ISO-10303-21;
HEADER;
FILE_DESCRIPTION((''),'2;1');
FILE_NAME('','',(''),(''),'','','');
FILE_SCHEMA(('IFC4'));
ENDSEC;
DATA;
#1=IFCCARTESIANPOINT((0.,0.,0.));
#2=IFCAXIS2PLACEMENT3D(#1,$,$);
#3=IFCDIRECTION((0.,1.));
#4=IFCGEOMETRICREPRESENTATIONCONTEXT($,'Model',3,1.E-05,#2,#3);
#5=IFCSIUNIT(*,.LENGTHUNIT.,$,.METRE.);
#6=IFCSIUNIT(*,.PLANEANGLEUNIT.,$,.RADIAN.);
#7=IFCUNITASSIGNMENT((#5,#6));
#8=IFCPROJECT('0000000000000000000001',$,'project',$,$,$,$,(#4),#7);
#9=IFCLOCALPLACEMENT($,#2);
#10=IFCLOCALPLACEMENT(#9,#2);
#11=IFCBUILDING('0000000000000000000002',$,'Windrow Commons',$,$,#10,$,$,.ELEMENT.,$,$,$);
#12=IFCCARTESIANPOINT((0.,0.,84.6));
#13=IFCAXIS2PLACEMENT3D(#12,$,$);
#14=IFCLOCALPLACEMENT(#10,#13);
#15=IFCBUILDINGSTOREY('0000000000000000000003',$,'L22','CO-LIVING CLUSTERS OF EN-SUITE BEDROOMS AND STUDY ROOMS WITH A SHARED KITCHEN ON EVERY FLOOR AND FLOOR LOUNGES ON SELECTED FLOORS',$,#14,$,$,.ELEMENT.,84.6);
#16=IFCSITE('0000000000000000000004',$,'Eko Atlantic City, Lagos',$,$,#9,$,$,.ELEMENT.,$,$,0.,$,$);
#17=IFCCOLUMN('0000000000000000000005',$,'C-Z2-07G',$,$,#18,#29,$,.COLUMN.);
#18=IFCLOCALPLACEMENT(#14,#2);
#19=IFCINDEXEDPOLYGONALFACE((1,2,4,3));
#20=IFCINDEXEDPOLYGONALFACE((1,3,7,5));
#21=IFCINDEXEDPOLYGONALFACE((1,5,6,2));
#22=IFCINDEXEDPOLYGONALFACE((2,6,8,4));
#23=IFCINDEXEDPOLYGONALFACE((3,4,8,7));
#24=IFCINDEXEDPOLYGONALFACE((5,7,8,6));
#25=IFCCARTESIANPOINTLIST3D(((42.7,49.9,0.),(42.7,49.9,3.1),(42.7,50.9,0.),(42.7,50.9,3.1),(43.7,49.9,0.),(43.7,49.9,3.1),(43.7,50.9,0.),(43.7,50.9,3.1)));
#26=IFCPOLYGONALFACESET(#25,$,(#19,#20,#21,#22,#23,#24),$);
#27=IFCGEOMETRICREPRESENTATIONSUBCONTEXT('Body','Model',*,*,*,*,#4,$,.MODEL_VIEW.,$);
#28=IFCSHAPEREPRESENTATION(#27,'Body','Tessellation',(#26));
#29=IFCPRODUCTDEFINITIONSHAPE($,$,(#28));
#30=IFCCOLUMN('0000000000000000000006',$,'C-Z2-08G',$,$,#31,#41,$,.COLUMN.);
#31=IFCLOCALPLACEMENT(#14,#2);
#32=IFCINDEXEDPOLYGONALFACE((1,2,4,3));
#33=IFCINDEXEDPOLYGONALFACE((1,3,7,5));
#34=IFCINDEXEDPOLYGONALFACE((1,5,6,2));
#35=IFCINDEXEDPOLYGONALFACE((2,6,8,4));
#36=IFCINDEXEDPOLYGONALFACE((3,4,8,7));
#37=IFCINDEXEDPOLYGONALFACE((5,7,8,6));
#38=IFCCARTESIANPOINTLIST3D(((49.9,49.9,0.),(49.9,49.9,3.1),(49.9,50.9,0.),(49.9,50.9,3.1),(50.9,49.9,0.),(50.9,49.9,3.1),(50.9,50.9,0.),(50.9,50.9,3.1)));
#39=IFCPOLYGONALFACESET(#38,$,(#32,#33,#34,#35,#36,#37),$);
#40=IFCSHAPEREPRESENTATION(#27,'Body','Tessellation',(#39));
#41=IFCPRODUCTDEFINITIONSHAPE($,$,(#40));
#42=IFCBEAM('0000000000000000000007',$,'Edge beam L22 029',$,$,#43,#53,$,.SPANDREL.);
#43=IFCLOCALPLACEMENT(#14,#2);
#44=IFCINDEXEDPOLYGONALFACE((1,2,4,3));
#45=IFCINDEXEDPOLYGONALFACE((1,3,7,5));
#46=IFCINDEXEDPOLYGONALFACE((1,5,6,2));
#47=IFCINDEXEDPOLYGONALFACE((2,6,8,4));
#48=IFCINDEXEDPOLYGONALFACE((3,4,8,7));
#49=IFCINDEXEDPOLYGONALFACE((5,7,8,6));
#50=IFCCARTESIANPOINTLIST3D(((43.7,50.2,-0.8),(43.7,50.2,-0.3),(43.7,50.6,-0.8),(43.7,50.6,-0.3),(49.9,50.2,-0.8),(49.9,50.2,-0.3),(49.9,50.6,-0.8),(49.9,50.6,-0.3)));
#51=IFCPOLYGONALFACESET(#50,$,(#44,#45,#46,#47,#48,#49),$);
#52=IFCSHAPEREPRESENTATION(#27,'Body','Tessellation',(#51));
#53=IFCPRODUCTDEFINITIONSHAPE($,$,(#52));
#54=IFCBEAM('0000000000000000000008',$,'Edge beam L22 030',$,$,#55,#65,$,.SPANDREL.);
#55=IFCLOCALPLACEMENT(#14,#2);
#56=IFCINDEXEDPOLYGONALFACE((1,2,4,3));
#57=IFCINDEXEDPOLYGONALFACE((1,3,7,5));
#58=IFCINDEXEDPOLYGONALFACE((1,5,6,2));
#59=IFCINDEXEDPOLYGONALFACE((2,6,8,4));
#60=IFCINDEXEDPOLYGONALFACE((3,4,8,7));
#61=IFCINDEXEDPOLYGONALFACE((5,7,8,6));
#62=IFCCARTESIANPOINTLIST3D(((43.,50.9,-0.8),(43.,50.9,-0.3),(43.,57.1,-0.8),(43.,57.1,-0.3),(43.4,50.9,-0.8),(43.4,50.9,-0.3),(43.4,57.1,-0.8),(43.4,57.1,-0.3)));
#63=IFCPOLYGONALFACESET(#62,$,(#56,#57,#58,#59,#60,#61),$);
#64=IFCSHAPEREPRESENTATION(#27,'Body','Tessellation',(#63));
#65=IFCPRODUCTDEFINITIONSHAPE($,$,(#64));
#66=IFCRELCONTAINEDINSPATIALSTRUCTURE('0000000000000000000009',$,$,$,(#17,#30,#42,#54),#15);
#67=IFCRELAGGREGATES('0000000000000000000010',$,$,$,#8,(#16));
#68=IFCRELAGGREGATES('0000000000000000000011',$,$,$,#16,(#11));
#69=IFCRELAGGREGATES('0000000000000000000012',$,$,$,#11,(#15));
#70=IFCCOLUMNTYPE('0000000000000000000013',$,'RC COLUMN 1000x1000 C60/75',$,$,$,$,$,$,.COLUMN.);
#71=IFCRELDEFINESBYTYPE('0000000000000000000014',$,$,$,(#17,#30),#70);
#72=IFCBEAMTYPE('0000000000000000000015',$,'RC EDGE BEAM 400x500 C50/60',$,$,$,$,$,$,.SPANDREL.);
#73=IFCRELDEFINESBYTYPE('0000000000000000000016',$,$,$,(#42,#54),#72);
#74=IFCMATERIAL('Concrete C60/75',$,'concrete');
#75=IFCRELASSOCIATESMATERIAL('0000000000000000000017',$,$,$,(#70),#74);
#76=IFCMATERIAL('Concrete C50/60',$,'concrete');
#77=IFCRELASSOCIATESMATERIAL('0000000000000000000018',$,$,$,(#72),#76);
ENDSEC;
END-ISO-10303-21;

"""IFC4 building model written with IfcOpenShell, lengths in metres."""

from ifc_helpers import new_model, si_unit, direction, frame, origin, origin_2d, place, context, subcontext, project, spatial, rectangle, extrude, material, material_profile, profile_set, type_object, element, save


model = new_model("IFC4")

# Units and contexts
model_context = context("Model", 3, precision=1e-05, world=origin(), true_north=direction((0.0, 1.0)))
body_context = subcontext(model_context, "Body", "Model", "MODEL_VIEW")
ifc_project = project(units=[si_unit("LENGTHUNIT", "METRE"), si_unit("PLANEANGLEUNIT", "RADIAN")], contexts=[model_context])

# Site, building, storey
site_placement = place(None, origin())
site = spatial("IfcSite", under=ifc_project, at=site_placement, Name="Eko Atlantic City, Lagos", CompositionType="ELEMENT", RefElevation=0.0)
building_placement = place(site_placement, origin())
building = spatial("IfcBuilding", under=site, at=building_placement, Name="Windrow Commons", CompositionType="ELEMENT")
storey_placement = place(building_placement, frame((0.0, 0.0, 84.6)))
storey = spatial("IfcBuildingStorey", under=building, at=storey_placement, Name="L22", Description="CO-LIVING CLUSTERS OF EN-SUITE BEDROOMS AND STUDY ROOMS WITH A SHARED KITCHEN ON EVERY FLOOR AND FLOOR LOUNGES ON SELECTED FLOORS", CompositionType="ELEMENT", Elevation=84.6)

# Columns
ifc_material_1 = material(Name="Concrete C60/75", Category="concrete")
ifc_material_profile_1 = material_profile(ifc_material_1, rectangle(XDim=1.0, YDim=1.0, at=origin_2d()))
ifc_profile_set_1 = profile_set([ifc_material_profile_1], Name="Concrete C60/75")
column_type = type_object("IfcColumnType", Name="RC COLUMN 1000x1000 C60/75", PredefinedType="COLUMN", material=ifc_profile_set_1)
for number, where, z_axis, x_axis, name in (
    (1, (43.2, 50.4, 0.0), (0.0, 0.0, 1.0), (1.0, 0.0, 0.0), "C-Z2-07G"),
    (2, (50.4, 50.4, 0.0), (0.0, 0.0, 1.0), (1.0, 0.0, 0.0), "C-Z2-08G"),
):
    element("IfcColumn", number, at=place(storey_placement, frame(where, z_axis=z_axis, x_axis=x_axis)), inside=storey, type_object=column_type, Name=name, PredefinedType="COLUMN", context=body_context, shape_type="SweptSolid", body=[
        extrude(rectangle(XDim=1.0, YDim=1.0, at=origin_2d()), origin(), (0.0, 0.0, 1.0), 3.1),
    ])

# Beams
ifc_material_2 = material(Name="Concrete C50/60", Category="concrete")
ifc_material_profile_2 = material_profile(ifc_material_2, rectangle(XDim=0.4, YDim=0.5, at=origin_2d()))
ifc_profile_set_2 = profile_set([ifc_material_profile_2], Name="Concrete C50/60")
beam_type = type_object("IfcBeamType", Name="RC EDGE BEAM 400x500 C50/60", PredefinedType="SPANDREL", material=ifc_profile_set_2)
for number, where, z_axis, x_axis, name in (
    (3, (49.9, 50.4, -0.55), (-1.0, 0.0, 0.0), (0.0, -1.0, 0.0), "Edge beam L22 029"),
    (4, (43.2, 50.9, -0.55), (0.0, 1.0, 0.0), (-1.0, 0.0, 0.0), "Edge beam L22 030"),
):
    element("IfcBeam", number, at=place(storey_placement, frame(where, z_axis=z_axis, x_axis=x_axis)), inside=storey, type_object=beam_type, Name=name, PredefinedType="SPANDREL", context=body_context, shape_type="SweptSolid", body=[
        extrude(rectangle(XDim=0.4, YDim=0.5, at=origin_2d()), origin(), (0.0, 0.0, 1.0), 6.2),
    ])

save(model, "model.ifc")
